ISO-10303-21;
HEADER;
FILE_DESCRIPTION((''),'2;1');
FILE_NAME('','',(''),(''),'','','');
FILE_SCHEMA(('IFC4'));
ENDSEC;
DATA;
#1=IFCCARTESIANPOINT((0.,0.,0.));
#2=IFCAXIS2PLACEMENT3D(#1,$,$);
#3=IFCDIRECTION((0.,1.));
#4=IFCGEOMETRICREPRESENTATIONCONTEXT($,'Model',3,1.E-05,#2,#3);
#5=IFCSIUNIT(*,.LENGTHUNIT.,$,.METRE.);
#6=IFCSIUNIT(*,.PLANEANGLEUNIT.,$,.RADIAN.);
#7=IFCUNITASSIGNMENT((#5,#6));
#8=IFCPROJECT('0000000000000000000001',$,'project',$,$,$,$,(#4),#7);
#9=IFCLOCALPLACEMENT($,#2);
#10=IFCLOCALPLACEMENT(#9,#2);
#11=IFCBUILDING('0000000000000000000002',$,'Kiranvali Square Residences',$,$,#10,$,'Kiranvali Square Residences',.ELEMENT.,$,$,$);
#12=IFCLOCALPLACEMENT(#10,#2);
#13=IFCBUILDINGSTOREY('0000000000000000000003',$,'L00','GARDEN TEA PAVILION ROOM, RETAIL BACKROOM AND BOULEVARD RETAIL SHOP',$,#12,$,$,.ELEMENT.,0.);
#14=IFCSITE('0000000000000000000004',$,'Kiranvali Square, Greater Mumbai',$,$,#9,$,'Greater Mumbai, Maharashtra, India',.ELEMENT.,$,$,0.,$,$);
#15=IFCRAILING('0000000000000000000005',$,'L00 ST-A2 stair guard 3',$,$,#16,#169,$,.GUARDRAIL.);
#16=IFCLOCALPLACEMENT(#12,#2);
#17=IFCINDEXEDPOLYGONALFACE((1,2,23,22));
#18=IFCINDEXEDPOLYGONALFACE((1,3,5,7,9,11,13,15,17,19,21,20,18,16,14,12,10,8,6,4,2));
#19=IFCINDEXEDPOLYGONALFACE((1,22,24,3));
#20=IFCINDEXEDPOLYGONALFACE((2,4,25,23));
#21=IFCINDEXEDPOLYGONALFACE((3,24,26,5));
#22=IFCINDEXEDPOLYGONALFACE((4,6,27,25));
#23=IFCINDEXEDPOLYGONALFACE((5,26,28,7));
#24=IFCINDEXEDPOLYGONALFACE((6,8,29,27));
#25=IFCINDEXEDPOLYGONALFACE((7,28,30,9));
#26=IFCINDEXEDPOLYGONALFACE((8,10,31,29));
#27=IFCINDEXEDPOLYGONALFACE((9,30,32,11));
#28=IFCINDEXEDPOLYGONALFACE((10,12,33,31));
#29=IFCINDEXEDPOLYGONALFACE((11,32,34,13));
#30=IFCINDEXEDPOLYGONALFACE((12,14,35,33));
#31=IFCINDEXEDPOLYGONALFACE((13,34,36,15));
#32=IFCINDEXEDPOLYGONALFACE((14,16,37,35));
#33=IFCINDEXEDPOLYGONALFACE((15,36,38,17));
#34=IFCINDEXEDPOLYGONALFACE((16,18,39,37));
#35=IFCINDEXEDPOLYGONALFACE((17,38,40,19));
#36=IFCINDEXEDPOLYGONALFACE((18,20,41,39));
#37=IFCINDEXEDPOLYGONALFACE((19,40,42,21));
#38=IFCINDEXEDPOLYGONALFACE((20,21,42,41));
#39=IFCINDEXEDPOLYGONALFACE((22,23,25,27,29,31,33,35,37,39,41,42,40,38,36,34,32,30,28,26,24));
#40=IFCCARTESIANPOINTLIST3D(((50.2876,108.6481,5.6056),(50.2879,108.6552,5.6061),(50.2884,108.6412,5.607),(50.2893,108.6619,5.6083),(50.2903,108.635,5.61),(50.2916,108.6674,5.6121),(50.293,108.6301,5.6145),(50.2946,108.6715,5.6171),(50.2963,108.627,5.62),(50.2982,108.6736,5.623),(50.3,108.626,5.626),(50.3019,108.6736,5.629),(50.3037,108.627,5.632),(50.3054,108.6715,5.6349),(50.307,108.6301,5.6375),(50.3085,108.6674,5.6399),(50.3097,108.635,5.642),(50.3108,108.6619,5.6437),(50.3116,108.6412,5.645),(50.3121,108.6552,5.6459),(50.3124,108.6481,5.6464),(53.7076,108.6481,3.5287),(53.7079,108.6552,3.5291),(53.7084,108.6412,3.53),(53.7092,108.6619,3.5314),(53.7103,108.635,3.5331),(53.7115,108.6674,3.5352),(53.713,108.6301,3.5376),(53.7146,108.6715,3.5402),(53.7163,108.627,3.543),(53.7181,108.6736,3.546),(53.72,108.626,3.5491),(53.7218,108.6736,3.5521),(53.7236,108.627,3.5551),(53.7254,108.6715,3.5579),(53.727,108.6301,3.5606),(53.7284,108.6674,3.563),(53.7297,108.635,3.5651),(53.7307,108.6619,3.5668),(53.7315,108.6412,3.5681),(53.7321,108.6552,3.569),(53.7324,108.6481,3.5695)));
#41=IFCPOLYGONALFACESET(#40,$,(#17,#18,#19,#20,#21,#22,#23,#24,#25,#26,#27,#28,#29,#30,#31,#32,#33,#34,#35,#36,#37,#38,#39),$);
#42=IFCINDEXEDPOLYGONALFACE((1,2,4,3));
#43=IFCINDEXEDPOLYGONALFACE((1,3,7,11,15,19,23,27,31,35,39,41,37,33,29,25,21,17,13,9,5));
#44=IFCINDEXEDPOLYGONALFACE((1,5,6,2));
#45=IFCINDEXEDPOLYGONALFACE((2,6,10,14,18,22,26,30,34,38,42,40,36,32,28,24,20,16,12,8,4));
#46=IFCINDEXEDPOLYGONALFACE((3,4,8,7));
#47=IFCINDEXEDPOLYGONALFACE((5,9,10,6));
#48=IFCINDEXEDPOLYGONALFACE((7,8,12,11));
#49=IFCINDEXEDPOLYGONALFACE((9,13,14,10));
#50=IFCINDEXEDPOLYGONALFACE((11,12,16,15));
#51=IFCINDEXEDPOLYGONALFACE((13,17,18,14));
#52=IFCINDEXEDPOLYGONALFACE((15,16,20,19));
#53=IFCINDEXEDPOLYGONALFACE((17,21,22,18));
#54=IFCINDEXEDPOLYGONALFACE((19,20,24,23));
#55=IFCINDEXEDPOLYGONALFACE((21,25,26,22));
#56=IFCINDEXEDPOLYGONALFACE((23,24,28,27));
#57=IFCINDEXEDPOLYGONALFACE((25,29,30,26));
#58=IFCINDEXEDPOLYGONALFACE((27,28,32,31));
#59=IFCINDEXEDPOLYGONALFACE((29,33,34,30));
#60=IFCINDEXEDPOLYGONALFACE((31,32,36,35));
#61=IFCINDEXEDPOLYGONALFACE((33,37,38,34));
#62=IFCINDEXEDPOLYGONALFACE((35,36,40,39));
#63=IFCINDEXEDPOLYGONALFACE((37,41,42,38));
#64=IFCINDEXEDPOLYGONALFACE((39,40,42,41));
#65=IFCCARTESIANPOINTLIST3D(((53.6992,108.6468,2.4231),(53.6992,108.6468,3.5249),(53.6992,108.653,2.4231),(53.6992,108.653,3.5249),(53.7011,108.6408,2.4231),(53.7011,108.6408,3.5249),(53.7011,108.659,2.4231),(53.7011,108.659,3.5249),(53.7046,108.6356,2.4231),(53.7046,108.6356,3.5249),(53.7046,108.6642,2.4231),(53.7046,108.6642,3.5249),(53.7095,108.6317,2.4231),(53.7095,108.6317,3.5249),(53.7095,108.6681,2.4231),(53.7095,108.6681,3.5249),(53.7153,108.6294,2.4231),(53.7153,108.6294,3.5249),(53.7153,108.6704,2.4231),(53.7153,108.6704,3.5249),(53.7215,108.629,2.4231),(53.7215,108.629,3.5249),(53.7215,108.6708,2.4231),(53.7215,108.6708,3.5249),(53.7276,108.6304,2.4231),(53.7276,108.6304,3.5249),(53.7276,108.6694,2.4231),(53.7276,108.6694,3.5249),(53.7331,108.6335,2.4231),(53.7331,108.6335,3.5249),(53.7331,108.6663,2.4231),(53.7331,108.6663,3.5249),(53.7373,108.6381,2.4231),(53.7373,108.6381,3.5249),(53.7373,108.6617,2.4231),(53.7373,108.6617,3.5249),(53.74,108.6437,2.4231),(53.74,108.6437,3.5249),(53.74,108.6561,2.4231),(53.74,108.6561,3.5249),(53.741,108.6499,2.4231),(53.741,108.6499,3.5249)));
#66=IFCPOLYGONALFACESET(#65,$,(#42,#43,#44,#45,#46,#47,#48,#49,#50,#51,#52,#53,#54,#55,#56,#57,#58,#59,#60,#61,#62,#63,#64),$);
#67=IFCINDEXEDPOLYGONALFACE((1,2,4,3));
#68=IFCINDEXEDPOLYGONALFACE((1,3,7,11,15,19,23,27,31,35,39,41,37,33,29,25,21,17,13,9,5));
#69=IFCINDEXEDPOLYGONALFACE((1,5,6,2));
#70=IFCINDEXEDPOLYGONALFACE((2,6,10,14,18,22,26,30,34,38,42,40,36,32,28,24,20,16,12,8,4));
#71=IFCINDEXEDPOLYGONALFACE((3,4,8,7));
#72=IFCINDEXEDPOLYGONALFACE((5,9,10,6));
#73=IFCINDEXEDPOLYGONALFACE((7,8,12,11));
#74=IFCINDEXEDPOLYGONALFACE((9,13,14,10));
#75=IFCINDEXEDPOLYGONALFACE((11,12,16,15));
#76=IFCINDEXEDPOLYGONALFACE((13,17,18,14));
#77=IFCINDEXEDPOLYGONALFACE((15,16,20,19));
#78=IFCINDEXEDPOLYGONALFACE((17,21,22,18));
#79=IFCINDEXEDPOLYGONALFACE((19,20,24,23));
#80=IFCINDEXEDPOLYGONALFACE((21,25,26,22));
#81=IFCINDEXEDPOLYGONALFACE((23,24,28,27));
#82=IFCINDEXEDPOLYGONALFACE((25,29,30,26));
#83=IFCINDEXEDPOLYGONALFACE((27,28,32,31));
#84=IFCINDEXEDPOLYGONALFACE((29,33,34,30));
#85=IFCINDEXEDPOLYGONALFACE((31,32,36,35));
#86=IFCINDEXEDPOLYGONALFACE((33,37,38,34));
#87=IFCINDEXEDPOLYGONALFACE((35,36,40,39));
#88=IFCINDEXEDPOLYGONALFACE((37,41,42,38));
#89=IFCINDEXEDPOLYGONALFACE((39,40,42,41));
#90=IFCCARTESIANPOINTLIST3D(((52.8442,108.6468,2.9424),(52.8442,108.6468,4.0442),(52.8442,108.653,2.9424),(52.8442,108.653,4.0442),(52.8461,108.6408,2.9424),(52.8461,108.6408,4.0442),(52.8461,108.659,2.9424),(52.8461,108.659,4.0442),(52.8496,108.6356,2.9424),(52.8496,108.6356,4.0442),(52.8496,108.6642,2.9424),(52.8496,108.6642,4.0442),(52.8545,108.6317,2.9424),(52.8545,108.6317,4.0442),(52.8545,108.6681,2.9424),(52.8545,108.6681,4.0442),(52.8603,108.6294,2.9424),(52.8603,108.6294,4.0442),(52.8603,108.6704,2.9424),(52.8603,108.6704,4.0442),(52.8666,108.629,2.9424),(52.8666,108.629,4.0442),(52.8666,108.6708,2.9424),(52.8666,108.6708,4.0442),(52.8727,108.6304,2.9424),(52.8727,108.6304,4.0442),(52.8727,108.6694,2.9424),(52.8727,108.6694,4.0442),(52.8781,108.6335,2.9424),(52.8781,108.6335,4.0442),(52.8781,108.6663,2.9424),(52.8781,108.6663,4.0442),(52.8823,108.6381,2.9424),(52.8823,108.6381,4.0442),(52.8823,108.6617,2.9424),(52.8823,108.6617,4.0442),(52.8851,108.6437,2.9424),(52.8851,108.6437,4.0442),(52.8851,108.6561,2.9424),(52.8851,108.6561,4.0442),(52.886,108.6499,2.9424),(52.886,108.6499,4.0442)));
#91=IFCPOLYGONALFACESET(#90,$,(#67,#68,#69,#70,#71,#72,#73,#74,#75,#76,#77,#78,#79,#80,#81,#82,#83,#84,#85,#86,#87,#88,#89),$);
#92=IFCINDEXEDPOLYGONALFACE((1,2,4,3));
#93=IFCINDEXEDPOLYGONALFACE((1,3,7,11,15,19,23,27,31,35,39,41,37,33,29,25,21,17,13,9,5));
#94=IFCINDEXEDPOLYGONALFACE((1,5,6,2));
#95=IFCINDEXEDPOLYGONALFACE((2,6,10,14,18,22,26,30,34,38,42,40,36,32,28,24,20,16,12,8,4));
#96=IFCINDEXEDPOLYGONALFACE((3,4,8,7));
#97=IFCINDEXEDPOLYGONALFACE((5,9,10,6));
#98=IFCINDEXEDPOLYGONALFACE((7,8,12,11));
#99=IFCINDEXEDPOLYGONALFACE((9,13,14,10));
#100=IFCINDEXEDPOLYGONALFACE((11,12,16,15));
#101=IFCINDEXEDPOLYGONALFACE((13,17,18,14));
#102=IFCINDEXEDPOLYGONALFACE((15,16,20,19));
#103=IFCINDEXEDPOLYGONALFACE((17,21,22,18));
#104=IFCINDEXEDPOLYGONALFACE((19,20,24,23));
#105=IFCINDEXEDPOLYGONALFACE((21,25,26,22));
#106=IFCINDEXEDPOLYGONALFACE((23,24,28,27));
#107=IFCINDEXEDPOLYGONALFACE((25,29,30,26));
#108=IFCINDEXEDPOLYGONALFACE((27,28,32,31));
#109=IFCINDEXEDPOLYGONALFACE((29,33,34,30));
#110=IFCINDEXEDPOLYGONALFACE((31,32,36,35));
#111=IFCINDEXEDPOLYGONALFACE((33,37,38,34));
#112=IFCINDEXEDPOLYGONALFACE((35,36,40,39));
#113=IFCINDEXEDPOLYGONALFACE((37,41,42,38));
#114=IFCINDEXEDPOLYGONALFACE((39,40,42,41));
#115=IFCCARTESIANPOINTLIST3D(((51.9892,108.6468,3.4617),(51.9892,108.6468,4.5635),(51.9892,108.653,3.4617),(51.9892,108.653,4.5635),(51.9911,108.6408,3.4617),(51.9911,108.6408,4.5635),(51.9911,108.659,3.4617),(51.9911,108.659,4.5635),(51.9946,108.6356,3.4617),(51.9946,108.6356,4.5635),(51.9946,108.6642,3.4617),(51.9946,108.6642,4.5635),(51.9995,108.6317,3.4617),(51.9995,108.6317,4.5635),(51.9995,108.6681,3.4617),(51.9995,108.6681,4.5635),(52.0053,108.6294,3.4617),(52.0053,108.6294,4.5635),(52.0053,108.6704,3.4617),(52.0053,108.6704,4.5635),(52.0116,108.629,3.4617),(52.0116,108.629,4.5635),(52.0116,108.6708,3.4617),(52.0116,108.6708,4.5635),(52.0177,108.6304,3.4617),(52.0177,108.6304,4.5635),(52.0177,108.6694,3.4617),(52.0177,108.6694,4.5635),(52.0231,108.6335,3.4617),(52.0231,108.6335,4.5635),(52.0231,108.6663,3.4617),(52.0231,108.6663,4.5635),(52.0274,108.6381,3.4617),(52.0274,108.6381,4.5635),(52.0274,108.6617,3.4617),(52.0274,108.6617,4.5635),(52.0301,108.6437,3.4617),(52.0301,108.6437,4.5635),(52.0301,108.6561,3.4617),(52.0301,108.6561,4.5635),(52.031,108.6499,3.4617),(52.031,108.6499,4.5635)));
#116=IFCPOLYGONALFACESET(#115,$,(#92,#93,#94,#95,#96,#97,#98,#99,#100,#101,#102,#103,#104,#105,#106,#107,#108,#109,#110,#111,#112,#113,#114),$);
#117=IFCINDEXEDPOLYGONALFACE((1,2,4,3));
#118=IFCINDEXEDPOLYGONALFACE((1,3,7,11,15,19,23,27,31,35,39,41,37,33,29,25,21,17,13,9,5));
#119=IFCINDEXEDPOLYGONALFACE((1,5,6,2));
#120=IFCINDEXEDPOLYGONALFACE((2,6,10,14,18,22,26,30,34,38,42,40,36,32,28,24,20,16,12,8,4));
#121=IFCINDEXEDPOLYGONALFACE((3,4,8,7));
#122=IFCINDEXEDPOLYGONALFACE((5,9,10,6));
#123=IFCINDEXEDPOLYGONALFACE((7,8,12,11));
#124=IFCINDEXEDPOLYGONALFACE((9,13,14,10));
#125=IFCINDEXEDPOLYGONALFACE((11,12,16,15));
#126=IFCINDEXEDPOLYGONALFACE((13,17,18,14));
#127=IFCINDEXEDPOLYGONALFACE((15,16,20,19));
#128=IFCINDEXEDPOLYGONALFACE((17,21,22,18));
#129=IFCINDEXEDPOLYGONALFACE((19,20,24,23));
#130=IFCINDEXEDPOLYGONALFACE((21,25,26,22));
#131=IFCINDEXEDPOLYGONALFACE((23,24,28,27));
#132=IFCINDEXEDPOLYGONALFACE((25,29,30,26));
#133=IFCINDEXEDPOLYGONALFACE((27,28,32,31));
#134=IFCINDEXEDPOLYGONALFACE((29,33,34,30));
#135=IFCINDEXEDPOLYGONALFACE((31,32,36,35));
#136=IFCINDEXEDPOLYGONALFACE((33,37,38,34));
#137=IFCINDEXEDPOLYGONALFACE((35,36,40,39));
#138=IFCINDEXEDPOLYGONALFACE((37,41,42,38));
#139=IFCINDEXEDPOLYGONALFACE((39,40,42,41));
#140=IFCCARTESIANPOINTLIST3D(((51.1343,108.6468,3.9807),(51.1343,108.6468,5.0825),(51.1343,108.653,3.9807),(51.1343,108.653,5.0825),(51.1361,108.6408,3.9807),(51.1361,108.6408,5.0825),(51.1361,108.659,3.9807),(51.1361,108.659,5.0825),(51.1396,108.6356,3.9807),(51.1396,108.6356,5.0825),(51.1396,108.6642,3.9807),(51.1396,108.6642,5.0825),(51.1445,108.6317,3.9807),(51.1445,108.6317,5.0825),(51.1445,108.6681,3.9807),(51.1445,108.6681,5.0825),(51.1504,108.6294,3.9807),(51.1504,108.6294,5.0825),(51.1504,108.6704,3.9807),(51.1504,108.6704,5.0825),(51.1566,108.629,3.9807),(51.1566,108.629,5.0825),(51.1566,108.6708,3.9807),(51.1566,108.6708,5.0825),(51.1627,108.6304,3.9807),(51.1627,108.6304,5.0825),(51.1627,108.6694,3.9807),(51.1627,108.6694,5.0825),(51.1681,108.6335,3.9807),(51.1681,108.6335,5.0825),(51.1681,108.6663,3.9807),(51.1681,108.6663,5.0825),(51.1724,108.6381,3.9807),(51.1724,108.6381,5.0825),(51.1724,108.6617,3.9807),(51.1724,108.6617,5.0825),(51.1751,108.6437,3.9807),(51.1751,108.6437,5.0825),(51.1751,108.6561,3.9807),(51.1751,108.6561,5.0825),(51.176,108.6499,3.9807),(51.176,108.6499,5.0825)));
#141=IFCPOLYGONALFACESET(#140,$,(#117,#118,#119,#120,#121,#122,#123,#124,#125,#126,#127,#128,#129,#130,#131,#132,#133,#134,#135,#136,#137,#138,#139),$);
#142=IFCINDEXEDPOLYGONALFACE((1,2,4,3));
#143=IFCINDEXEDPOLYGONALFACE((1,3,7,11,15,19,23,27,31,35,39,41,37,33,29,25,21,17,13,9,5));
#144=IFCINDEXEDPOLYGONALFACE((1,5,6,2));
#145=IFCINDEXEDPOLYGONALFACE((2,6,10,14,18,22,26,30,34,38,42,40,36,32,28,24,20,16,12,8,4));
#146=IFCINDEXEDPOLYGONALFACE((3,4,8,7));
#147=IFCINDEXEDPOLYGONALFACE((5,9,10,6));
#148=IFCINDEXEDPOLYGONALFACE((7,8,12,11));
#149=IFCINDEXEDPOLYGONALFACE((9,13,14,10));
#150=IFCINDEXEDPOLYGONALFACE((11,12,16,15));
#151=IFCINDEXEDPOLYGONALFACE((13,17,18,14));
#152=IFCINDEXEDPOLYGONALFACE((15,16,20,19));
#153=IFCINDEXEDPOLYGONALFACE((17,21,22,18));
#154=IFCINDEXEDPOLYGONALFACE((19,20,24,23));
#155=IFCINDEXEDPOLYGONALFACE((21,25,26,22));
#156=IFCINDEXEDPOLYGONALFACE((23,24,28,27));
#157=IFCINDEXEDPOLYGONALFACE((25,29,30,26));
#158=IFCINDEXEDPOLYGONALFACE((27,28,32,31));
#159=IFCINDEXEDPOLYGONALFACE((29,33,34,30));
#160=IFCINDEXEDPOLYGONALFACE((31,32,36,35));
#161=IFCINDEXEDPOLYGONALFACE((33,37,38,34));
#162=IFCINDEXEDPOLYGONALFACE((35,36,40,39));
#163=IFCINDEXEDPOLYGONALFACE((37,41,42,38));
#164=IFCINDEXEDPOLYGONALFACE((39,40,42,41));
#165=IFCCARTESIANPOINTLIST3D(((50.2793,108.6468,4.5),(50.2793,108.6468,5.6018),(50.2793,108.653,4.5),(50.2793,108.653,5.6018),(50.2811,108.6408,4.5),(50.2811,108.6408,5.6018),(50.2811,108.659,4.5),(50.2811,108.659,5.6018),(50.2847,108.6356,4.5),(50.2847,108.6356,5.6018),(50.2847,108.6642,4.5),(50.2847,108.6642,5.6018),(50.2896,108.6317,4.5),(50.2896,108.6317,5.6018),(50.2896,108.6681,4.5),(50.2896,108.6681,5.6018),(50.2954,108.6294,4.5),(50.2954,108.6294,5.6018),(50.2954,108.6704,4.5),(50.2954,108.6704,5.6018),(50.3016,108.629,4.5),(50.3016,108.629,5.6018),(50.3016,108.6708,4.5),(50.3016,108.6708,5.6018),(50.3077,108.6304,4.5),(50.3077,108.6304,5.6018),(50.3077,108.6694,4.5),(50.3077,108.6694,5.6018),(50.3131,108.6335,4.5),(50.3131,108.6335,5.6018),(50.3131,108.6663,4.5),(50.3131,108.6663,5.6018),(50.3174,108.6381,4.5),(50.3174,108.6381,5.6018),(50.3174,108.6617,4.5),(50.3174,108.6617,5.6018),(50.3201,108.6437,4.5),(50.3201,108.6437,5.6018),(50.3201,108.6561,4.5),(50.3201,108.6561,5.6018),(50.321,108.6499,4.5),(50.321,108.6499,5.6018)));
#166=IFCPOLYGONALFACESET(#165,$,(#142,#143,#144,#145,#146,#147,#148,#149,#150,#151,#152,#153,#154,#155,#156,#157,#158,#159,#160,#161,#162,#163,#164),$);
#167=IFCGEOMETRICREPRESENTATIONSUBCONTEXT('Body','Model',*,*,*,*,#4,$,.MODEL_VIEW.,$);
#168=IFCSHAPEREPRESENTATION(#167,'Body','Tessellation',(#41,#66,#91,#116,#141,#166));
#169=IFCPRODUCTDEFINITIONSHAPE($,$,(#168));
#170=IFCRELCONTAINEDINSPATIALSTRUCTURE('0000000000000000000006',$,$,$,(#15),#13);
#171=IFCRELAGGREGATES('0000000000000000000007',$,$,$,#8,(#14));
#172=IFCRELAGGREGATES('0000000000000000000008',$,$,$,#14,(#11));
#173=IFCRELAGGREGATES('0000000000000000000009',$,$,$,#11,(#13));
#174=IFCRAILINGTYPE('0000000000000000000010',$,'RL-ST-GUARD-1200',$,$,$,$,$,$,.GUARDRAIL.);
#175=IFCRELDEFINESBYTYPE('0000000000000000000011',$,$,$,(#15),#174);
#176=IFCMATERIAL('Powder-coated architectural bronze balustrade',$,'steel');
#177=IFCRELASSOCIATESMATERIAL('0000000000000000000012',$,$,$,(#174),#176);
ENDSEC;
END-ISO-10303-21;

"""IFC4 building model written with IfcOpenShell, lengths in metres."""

from ifc_helpers import new_model, si_unit, direction, frame, origin, origin_2d, place, context, subcontext, project, spatial, circle, extrude, material, type_object, element, save


model = new_model("IFC4")

# Units and contexts
model_context = context("Model", 3, precision=1e-05, world=origin(), true_north=direction((0.0, 1.0)))
body_context = subcontext(model_context, "Body", "Model", "MODEL_VIEW")
ifc_project = project(units=[si_unit("LENGTHUNIT", "METRE"), si_unit("PLANEANGLEUNIT", "RADIAN")], contexts=[model_context])

# Site, building, storey
site_placement = place(None, origin())
site = spatial("IfcSite", under=ifc_project, at=site_placement, Name="Kiranvali Square, Greater Mumbai", LongName="Greater Mumbai, Maharashtra, India", CompositionType="ELEMENT", RefElevation=0.0)
building_placement = place(site_placement, origin())
building = spatial("IfcBuilding", under=site, at=building_placement, Name="Kiranvali Square Residences", LongName="Kiranvali Square Residences", CompositionType="ELEMENT")
storey_placement = place(building_placement, origin())
storey = spatial("IfcBuildingStorey", under=building, at=storey_placement, Name="L00", Description="GARDEN TEA PAVILION ROOM, RETAIL BACKROOM AND BOULEVARD RETAIL SHOP", CompositionType="ELEMENT", Elevation=0.0)

# Railing
ifc_material_1 = material(Name="Powder-coated architectural bronze balustrade", Category="steel")
railing_type_1 = type_object("IfcRailingType", Name="RL-ST-GUARD-1200", PredefinedType="GUARDRAIL", material=ifc_material_1)
railing_1_placement = place(storey_placement, frame((53.72, 108.6499, 2.4231)))
element("IfcRailing", 1, at=railing_1_placement, inside=storey, type_object=railing_type_1, Name="L00 ST-A2 stair guard 3", PredefinedType="GUARDRAIL", context=body_context, shape_type="SweptSolid", body=[
    extrude(circle(Radius=0.0239, at=origin_2d()), frame((0.0, 0.0, 1.126), z_axis=(-0.85473, 0.0, 0.519074), x_axis=(0.0, -1.0, 0.0)), (0.0, 0.0, 1.0), 4.0012),
    extrude(circle(Radius=0.021, at=origin_2d()), origin(), (0.0, 0.0, 1.0), 1.1018),
    extrude(circle(Radius=0.021, at=origin_2d()), frame((-0.855, 0.0, 0.5193)), (0.0, 0.0, 1.0), 1.1018),
    extrude(circle(Radius=0.021, at=origin_2d()), frame((-1.71, 0.0, 1.0386)), (0.0, 0.0, 1.0), 1.1018),
    extrude(circle(Radius=0.021, at=origin_2d()), frame((-2.5649, 0.0, 1.5576)), (0.0, 0.0, 1.0), 1.1018),
    extrude(circle(Radius=0.021, at=origin_2d()), frame((-3.4199, 0.0, 2.0769)), (0.0, 0.0, 1.0), 1.1018),
])

save(model, "model.ifc")
